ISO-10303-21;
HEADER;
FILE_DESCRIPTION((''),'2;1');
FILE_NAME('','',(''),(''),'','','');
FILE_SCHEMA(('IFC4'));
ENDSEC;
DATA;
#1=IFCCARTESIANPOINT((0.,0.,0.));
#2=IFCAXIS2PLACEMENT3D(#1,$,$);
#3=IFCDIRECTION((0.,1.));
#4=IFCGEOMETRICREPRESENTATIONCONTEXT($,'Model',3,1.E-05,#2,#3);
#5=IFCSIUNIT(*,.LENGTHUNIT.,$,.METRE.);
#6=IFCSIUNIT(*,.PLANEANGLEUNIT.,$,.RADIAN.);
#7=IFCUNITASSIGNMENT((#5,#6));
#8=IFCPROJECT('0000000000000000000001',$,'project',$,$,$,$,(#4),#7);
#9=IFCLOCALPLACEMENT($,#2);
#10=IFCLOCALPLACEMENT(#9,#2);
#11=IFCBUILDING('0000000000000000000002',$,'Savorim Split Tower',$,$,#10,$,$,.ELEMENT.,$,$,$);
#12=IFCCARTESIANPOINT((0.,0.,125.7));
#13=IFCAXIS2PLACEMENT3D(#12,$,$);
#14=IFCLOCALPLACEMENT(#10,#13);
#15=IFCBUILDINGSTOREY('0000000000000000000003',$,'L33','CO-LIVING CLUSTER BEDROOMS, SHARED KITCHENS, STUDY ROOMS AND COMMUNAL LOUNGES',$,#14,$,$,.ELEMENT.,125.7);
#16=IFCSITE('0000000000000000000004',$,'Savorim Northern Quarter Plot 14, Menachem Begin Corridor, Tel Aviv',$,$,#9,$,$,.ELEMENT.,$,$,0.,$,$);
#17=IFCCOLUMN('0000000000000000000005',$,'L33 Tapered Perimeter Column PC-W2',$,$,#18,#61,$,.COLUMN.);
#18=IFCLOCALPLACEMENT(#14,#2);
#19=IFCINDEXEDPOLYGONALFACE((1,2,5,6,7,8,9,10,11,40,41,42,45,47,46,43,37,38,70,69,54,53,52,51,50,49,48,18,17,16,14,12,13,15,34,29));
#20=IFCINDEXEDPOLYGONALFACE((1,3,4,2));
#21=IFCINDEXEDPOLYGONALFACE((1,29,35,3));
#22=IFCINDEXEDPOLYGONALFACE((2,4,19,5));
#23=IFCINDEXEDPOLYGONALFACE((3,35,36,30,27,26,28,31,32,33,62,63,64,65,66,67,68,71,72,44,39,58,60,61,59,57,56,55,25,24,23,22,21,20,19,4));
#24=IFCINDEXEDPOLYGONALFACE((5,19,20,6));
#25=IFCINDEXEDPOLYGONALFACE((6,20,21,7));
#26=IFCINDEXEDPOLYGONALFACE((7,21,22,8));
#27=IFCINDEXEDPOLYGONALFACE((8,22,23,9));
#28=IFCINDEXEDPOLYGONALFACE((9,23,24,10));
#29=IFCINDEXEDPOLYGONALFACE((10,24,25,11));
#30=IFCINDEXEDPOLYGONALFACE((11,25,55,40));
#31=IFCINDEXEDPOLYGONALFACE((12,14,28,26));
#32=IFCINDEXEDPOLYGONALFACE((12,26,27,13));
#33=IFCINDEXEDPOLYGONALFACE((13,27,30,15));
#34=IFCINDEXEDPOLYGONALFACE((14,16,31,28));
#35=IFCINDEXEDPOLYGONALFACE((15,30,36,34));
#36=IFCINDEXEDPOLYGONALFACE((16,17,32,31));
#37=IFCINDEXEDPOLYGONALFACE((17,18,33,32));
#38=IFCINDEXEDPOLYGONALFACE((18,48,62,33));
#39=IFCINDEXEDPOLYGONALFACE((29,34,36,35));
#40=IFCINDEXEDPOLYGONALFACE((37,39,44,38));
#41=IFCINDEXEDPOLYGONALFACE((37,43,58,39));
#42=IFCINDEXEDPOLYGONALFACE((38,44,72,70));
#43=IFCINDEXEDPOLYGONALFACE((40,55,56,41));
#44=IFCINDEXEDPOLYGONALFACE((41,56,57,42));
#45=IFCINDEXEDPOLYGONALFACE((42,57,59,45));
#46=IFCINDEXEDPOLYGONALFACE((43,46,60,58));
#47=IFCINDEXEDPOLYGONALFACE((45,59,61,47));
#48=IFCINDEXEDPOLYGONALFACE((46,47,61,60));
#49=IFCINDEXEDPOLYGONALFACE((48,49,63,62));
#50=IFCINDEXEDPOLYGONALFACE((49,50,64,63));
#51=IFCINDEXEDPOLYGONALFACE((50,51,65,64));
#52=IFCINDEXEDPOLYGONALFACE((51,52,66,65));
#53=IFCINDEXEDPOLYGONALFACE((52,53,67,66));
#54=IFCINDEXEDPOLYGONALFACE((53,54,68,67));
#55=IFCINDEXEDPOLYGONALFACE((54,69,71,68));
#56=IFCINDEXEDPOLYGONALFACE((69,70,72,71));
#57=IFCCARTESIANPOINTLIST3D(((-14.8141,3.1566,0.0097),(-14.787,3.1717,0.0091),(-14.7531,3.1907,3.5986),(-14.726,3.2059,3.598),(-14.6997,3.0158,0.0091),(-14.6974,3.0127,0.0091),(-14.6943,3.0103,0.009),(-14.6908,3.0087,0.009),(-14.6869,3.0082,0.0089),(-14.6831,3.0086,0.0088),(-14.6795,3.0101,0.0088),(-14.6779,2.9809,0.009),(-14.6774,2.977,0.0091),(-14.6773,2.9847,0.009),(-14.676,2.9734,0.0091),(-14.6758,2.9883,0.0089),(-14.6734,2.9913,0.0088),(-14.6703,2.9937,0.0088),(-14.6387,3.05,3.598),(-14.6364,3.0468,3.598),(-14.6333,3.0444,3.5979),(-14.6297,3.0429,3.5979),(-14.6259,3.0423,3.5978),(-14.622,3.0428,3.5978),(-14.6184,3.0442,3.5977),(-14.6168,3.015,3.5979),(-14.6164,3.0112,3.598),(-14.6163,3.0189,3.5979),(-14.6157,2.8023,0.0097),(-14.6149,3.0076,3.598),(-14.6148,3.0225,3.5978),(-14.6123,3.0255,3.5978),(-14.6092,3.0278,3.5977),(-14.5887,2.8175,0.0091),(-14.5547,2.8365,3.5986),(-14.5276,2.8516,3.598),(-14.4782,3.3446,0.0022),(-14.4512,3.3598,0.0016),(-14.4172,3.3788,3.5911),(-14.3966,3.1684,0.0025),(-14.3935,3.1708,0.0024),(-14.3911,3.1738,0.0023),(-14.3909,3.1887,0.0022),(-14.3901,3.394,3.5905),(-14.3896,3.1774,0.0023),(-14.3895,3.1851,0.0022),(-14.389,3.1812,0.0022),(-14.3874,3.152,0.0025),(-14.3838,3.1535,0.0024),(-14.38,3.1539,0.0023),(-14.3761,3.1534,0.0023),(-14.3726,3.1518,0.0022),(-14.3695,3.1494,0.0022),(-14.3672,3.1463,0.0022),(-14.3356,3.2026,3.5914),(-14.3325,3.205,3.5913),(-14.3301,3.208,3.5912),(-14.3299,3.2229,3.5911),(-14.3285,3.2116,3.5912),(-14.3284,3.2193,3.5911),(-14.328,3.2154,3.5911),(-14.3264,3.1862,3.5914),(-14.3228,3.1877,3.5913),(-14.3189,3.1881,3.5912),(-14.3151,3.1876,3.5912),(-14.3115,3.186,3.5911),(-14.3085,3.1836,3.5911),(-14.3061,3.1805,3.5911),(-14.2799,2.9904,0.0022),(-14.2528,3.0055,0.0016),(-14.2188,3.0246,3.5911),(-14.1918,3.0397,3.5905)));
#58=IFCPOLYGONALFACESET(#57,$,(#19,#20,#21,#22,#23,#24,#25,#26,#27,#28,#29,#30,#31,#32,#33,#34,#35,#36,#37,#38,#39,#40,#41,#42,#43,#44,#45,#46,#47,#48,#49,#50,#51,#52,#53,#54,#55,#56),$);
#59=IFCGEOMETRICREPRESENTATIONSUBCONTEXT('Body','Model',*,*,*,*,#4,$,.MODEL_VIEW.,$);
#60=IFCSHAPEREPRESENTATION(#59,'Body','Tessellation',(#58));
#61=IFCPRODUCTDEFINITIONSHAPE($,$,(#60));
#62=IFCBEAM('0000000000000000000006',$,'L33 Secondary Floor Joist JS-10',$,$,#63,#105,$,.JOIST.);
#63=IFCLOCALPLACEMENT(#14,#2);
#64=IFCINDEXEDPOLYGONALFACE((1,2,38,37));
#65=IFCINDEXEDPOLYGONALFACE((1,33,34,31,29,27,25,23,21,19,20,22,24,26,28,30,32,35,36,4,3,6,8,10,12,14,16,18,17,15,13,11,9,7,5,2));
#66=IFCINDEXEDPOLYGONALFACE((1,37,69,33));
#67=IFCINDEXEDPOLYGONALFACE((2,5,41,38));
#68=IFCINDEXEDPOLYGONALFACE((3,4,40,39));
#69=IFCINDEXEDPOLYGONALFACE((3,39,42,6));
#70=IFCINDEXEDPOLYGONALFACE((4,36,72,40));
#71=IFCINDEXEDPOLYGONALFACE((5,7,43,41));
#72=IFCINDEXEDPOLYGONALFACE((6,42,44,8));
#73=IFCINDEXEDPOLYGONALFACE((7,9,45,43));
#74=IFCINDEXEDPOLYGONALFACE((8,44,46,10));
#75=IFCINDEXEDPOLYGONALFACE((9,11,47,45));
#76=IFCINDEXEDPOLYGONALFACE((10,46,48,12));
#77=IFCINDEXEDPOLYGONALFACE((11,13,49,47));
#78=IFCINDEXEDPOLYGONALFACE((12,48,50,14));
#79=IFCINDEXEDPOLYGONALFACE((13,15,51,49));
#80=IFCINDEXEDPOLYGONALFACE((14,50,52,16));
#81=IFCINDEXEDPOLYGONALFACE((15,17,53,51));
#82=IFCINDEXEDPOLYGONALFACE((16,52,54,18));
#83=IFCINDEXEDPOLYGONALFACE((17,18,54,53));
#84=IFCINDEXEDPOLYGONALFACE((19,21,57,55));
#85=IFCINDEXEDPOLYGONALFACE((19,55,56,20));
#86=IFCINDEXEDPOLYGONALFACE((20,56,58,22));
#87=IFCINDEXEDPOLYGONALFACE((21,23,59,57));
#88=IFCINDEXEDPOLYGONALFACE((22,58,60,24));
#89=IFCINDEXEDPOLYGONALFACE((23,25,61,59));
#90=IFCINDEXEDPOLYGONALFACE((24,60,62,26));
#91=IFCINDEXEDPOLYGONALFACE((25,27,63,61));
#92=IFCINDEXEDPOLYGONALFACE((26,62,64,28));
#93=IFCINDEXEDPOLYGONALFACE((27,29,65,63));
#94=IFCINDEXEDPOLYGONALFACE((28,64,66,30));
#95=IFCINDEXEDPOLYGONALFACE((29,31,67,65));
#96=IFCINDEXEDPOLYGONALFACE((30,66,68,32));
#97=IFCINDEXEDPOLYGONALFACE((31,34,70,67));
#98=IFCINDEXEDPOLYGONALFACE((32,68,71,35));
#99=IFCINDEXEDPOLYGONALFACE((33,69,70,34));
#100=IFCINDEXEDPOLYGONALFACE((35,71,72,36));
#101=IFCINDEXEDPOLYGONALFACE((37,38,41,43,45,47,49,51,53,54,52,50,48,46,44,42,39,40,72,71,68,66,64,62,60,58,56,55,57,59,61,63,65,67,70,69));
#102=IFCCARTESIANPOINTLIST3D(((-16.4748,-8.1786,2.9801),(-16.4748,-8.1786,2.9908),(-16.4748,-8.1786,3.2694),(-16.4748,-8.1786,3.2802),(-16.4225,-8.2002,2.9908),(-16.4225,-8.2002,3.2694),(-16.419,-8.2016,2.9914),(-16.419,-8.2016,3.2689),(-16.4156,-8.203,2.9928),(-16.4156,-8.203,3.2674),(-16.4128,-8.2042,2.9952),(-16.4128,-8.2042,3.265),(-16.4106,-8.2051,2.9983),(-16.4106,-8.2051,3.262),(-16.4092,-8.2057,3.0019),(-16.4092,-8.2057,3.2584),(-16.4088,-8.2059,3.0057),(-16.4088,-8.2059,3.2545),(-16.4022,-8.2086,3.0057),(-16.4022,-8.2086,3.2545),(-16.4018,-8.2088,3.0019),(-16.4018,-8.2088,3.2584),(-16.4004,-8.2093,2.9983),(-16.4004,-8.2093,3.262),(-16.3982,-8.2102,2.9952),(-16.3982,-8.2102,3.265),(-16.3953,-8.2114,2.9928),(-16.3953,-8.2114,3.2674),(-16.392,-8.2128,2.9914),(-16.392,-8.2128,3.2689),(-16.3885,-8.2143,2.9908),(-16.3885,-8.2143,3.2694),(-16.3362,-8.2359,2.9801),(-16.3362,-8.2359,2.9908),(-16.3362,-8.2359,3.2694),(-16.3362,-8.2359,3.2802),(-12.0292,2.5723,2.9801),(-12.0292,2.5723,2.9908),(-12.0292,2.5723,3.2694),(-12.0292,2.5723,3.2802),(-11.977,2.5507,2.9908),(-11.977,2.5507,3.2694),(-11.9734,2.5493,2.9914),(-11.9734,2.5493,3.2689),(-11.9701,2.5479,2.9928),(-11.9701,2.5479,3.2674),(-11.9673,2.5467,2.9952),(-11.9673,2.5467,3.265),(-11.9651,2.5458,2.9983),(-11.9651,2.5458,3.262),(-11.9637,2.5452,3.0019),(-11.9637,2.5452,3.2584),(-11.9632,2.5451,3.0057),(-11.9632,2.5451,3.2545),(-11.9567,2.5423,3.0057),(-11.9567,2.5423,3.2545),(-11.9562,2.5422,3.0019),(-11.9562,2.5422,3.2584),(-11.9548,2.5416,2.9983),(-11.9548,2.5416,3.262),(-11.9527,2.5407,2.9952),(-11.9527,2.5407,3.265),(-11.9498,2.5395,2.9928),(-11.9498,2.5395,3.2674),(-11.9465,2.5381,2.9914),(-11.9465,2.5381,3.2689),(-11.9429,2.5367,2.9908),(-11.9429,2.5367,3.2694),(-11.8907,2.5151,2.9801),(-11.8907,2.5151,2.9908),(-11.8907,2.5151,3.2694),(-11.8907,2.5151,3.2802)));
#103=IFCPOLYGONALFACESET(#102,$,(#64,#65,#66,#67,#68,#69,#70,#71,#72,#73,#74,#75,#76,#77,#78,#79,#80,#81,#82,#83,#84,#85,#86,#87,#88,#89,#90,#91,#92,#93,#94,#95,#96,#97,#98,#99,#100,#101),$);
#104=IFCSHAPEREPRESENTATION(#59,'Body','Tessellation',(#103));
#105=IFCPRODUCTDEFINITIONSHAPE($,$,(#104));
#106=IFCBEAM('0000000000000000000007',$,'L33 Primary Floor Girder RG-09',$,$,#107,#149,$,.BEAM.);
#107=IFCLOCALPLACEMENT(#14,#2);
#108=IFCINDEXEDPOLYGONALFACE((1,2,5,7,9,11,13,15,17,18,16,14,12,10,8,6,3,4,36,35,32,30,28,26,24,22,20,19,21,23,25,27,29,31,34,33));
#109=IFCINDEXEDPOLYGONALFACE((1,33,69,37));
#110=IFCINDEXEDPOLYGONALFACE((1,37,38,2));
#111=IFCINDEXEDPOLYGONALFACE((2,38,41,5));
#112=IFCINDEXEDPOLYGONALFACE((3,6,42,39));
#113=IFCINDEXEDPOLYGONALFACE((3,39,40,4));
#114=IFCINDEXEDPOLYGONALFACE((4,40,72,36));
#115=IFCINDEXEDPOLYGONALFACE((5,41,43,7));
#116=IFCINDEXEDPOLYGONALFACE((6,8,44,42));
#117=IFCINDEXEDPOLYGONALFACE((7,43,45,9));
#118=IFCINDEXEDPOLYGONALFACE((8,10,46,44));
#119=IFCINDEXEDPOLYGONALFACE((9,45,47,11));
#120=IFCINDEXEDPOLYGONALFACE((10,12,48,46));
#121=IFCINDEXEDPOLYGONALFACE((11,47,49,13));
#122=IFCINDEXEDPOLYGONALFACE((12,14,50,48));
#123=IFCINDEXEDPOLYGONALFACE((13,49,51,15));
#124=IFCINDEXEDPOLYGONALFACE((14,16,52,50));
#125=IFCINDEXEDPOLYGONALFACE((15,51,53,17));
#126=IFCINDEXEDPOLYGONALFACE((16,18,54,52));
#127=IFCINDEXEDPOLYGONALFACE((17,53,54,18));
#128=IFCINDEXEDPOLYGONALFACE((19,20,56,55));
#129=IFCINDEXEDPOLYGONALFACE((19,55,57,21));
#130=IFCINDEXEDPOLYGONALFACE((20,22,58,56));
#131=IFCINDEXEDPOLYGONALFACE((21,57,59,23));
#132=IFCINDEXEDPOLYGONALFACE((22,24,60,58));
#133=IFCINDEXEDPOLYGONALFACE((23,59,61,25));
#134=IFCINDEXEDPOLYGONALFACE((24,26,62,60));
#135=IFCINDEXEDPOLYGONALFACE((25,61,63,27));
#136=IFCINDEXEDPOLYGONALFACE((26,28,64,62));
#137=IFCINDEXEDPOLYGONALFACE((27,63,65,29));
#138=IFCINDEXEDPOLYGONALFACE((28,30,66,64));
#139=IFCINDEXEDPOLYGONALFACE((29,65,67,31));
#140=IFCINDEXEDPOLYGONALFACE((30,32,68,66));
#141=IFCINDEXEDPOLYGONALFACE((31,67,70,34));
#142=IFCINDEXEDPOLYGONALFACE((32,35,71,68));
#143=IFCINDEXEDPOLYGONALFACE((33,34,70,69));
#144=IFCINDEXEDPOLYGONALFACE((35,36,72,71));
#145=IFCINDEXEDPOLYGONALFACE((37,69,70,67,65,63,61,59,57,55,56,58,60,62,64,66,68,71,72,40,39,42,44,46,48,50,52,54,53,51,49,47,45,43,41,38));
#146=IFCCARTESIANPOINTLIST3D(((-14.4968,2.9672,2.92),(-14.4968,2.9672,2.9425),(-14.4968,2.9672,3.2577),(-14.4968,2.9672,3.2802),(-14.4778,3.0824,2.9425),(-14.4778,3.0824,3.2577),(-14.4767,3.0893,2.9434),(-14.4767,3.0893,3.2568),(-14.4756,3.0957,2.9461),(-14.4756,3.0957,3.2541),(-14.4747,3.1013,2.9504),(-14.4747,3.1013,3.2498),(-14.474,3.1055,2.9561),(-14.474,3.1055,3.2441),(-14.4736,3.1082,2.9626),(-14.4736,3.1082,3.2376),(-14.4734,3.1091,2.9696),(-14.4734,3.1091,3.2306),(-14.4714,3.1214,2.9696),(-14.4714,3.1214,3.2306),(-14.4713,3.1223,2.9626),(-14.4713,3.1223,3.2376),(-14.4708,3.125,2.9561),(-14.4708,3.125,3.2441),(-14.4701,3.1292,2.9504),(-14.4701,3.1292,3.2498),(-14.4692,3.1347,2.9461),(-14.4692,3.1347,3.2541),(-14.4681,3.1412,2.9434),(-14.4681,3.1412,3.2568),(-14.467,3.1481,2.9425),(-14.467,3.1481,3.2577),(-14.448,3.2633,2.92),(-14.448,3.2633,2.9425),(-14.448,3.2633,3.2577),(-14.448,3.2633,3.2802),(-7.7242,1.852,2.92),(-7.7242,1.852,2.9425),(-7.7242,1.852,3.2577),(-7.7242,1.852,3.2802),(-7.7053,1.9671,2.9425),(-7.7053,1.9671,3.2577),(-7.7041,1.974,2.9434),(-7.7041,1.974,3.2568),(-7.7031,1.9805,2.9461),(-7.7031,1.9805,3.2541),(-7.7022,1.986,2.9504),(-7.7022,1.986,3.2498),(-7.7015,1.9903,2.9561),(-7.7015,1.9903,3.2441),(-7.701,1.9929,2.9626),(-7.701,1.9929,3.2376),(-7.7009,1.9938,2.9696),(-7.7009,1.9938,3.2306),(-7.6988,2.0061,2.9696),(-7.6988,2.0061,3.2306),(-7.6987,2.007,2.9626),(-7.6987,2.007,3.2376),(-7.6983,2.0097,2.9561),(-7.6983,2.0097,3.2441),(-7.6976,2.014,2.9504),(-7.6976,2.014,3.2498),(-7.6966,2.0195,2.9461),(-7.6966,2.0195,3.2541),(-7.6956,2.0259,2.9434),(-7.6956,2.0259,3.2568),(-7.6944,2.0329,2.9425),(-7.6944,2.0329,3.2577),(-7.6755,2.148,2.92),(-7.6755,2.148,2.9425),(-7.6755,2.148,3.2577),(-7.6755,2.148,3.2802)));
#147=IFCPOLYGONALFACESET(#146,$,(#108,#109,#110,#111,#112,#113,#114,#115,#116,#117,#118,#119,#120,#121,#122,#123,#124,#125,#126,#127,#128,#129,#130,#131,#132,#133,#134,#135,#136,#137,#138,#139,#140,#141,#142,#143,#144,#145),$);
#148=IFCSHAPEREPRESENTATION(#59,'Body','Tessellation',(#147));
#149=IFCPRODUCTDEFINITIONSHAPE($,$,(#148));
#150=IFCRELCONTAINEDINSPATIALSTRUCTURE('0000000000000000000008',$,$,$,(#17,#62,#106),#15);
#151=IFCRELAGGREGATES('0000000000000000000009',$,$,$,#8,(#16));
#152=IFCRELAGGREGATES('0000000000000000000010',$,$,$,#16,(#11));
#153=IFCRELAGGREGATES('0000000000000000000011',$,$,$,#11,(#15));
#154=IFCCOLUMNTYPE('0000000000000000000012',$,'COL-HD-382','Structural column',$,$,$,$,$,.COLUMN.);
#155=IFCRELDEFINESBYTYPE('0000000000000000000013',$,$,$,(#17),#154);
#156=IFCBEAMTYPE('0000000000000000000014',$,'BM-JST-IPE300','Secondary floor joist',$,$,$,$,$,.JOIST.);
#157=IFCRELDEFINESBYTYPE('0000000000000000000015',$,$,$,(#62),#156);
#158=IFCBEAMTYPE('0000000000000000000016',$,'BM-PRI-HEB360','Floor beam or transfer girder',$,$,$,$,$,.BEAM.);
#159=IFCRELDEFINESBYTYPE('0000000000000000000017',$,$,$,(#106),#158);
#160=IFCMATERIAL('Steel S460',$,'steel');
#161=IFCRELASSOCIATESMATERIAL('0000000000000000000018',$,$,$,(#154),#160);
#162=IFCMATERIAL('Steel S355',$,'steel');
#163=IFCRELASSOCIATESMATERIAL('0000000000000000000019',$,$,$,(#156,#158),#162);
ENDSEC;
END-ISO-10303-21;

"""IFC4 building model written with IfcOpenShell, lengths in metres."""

from ifc_helpers import new_model, si_unit, direction, frame, origin, origin_2d, place, context, subcontext, project, spatial, i_section, extrude, material, material_profile, profile_set, type_object, element, save


model = new_model("IFC4")

# Units and contexts
model_context = context("Model", 3, precision=1e-05, world=origin(), true_north=direction((0.0, 1.0)))
body_context = subcontext(model_context, "Body", "Model", "MODEL_VIEW")
ifc_project = project(units=[si_unit("LENGTHUNIT", "METRE"), si_unit("PLANEANGLEUNIT", "RADIAN")], contexts=[model_context])

# Site, building, storey
site_placement = place(None, origin())
site = spatial("IfcSite", under=ifc_project, at=site_placement, Name="Savorim Northern Quarter Plot 14, Menachem Begin Corridor, Tel Aviv", CompositionType="ELEMENT", RefElevation=0.0)
building_placement = place(site_placement, origin())
building = spatial("IfcBuilding", under=site, at=building_placement, Name="Savorim Split Tower", CompositionType="ELEMENT")
storey_placement = place(building_placement, frame((0.0, 0.0, 125.7)))
storey = spatial("IfcBuildingStorey", under=building, at=storey_placement, Name="L33", Description="CO-LIVING CLUSTER BEDROOMS, SHARED KITCHENS, STUDY ROOMS AND COMMUNAL LOUNGES", CompositionType="ELEMENT", Elevation=125.7)

# Column
ifc_material_1 = material(Name="Steel S460", Category="steel")
ifc_material_profile_1 = material_profile(ifc_material_1, i_section(OverallWidth=0.406, OverallDepth=0.416, WebThickness=0.0188, FlangeThickness=0.031, FilletRadius=0.0149, at=origin_2d()), Name="HD 400x382")
ifc_profile_set_1 = profile_set([ifc_material_profile_1], Name="Steel S460")
column_type = type_object("IfcColumnType", Name="COL-HD-382", Description="Structural column", PredefinedType="COLUMN", material=ifc_profile_set_1)
column_placement = place(storey_placement, frame((-14.5334, 3.0811, 0.0056), z_axis=(0.017004, 0.009522, 0.99981), x_axis=(-0.488603, 0.872506, 0.0)))
element("IfcColumn", 1, at=column_placement, inside=storey, type_object=column_type, Name="L33 Tapered Perimeter Column PC-W2", PredefinedType="COLUMN", context=body_context, shape_type="SweptSolid", body=[
    extrude(i_section(OverallWidth=0.406, OverallDepth=0.416, WebThickness=0.0188, FlangeThickness=0.031, FilletRadius=0.0149, at=origin_2d()), origin(), (0.0, 0.0, 1.0), 3.5896),
])

# Beams
ifc_material_2 = material(Name="Steel S355", Category="steel")
ifc_material_profile_2 = material_profile(ifc_material_2, i_section(OverallWidth=0.1499, OverallDepth=0.3, WebThickness=0.0071, FlangeThickness=0.0107, FilletRadius=0.0149, at=origin_2d()), Name="IPE 300")
ifc_profile_set_2 = profile_set([ifc_material_profile_2], Name="Steel S355")
beam_type_1 = type_object("IfcBeamType", Name="BM-JST-IPE300", Description="Secondary floor joist", PredefinedType="JOIST", material=ifc_profile_set_2)
beam_1_placement = place(storey_placement, frame((-11.96, 2.5437, 3.1301), z_axis=(-0.382123, -0.924112, 0.0), x_axis=(0.924112, -0.382123, 0.0)))
element("IfcBeam", 2, at=beam_1_placement, inside=storey, type_object=beam_type_1, Name="L33 Secondary Floor Joist JS-10", PredefinedType="JOIST", context=body_context, shape_type="SweptSolid", body=[
    extrude(i_section(OverallWidth=0.1499, OverallDepth=0.3, WebThickness=0.0071, FlangeThickness=0.0107, FilletRadius=0.0149, at=origin_2d()), origin(), (0.0, 0.0, 1.0), 11.6338),
])
ifc_material_profile_3 = material_profile(ifc_material_2, i_section(OverallWidth=0.3, OverallDepth=0.3601, WebThickness=0.0125, FlangeThickness=0.0225, FilletRadius=0.0271, at=origin_2d()), Name="HEB 360")
ifc_profile_set_3 = profile_set([ifc_material_profile_3], Name="Steel S355")
beam_type_2 = type_object("IfcBeamType", Name="BM-PRI-HEB360", Description="Floor beam or transfer girder", PredefinedType="BEAM", material=ifc_profile_set_3)
beam_2_placement = place(storey_placement, frame((-14.4724, 3.1152, 3.1001), z_axis=(0.986711, -0.162484, 0.0), x_axis=(0.162484, 0.986711, 0.0)))
element("IfcBeam", 3, at=beam_2_placement, inside=storey, type_object=beam_type_2, Name="L33 Primary Floor Girder RG-09", PredefinedType="BEAM", context=body_context, shape_type="SweptSolid", body=[
    extrude(i_section(OverallWidth=0.3, OverallDepth=0.3601, WebThickness=0.0125, FlangeThickness=0.0225, FilletRadius=0.0271, at=origin_2d()), origin(), (0.0, 0.0, 1.0), 6.8638),
])

save(model, "model.ifc")
